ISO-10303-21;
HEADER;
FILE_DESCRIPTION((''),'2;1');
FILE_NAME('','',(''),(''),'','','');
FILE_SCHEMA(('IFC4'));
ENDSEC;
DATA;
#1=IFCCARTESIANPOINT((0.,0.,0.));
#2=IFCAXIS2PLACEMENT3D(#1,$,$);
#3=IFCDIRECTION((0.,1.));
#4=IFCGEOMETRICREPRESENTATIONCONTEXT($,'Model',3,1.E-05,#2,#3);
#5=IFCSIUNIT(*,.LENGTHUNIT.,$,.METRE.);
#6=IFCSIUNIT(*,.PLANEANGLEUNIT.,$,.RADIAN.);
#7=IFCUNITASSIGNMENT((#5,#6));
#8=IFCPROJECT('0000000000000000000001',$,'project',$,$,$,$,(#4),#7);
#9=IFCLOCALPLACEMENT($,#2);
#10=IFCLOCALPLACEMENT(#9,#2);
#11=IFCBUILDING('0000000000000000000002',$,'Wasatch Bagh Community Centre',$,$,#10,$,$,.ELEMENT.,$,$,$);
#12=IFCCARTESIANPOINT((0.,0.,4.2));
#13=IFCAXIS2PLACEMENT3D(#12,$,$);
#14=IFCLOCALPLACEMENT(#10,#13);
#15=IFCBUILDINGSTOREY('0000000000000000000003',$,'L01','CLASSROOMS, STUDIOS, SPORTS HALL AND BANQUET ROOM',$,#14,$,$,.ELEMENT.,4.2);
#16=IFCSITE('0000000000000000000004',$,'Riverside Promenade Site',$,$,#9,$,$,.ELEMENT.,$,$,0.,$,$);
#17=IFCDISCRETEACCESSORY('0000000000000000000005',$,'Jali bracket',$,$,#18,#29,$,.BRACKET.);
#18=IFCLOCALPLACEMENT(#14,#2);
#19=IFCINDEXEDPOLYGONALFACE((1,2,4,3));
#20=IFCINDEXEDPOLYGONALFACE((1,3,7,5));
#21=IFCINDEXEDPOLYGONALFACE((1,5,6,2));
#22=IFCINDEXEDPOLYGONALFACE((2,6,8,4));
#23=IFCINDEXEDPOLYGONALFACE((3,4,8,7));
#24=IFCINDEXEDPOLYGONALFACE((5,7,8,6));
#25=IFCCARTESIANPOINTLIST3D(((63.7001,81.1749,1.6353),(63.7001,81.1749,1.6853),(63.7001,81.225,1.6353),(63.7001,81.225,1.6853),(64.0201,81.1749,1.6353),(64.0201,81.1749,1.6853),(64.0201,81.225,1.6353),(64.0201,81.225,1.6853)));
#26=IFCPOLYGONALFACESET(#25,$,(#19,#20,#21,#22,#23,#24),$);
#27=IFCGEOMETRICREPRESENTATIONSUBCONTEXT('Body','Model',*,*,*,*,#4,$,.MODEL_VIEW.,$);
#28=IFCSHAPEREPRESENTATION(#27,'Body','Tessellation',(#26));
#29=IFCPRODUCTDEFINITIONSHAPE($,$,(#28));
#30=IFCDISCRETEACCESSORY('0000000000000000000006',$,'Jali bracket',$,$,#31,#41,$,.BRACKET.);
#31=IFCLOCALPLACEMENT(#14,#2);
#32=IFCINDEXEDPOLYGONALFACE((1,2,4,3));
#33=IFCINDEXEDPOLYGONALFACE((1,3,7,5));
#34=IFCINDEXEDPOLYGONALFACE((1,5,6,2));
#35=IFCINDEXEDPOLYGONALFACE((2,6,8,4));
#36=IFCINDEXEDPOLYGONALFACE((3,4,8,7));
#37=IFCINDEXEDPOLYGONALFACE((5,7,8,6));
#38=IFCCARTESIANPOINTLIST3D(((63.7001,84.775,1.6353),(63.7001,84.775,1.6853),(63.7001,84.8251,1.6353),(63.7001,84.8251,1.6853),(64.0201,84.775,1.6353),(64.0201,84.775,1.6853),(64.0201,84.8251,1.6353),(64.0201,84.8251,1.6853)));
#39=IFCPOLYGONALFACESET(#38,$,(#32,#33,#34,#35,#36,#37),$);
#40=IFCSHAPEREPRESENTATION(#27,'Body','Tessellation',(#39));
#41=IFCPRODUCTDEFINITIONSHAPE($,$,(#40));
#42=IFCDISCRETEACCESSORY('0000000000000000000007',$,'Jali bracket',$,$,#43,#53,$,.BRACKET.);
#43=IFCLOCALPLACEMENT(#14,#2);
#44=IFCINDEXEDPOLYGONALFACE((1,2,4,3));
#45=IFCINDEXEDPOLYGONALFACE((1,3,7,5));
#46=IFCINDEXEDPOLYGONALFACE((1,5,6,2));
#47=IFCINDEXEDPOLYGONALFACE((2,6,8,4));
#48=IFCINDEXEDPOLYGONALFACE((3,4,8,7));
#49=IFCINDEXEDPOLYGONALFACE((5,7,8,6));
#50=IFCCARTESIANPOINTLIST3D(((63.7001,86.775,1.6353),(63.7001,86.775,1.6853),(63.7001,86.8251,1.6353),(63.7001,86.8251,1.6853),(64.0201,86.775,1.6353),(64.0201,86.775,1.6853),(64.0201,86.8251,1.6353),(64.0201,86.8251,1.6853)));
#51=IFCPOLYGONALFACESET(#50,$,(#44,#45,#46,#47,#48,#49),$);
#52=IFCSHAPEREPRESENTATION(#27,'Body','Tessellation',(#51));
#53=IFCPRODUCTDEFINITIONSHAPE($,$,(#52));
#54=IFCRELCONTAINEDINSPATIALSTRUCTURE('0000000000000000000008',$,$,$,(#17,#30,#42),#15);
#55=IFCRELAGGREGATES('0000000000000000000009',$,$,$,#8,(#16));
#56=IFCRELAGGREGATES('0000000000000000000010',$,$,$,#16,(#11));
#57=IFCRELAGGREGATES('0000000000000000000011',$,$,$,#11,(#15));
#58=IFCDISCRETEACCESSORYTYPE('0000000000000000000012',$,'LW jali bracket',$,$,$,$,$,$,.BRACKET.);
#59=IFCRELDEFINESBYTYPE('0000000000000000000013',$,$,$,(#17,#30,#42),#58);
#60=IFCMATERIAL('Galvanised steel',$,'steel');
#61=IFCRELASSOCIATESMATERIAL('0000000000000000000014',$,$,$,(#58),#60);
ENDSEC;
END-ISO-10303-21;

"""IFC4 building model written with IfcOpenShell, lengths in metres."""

from ifc_helpers import new_model, si_unit, direction, frame, origin, origin_2d, place, context, subcontext, project, spatial, rectangle, extrude, material, type_object, element, save


model = new_model("IFC4")

# Units and contexts
model_context = context("Model", 3, precision=1e-05, world=origin(), true_north=direction((0.0, 1.0)))
body_context = subcontext(model_context, "Body", "Model", "MODEL_VIEW")
ifc_project = project(units=[si_unit("LENGTHUNIT", "METRE"), si_unit("PLANEANGLEUNIT", "RADIAN")], contexts=[model_context])

# Site, building, storey
site_placement = place(None, origin())
site = spatial("IfcSite", under=ifc_project, at=site_placement, Name="Riverside Promenade Site", CompositionType="ELEMENT", RefElevation=0.0)
building_placement = place(site_placement, origin())
building = spatial("IfcBuilding", under=site, at=building_placement, Name="Wasatch Bagh Community Centre", CompositionType="ELEMENT")
storey_placement = place(building_placement, frame((0.0, 0.0, 4.2)))
storey = spatial("IfcBuildingStorey", under=building, at=storey_placement, Name="L01", Description="CLASSROOMS, STUDIOS, SPORTS HALL AND BANQUET ROOM", CompositionType="ELEMENT", Elevation=4.2)

# Discrete accessories
ifc_material_1 = material(Name="Galvanised steel", Category="steel")
discrete_accessory_type = type_object("IfcDiscreteAccessoryType", Name="LW jali bracket", PredefinedType="BRACKET", material=ifc_material_1)
for number, where, z_axis, x_axis, name in (
    (1, (63.8601, 81.2, 1.6353), (0.0, 0.0, 1.0), (1.0, 0.0, 0.0), "Jali bracket"),
    (2, (63.8601, 84.8, 1.6353), (0.0, 0.0, 1.0), (1.0, 0.0, 0.0), "Jali bracket"),
    (3, (63.8601, 86.8, 1.6353), (0.0, 0.0, 1.0), (1.0, 0.0, 0.0), "Jali bracket"),
):
    element("IfcDiscreteAccessory", number, at=place(storey_placement, frame(where, z_axis=z_axis, x_axis=x_axis)), inside=storey, type_object=discrete_accessory_type, Name=name, PredefinedType="BRACKET", context=body_context, shape_type="SweptSolid", body=[
        extrude(rectangle(XDim=0.3201, YDim=0.05, at=origin_2d()), origin(), (0.0, 0.0, 1.0), 0.05),
    ])

save(model, "model.ifc")
